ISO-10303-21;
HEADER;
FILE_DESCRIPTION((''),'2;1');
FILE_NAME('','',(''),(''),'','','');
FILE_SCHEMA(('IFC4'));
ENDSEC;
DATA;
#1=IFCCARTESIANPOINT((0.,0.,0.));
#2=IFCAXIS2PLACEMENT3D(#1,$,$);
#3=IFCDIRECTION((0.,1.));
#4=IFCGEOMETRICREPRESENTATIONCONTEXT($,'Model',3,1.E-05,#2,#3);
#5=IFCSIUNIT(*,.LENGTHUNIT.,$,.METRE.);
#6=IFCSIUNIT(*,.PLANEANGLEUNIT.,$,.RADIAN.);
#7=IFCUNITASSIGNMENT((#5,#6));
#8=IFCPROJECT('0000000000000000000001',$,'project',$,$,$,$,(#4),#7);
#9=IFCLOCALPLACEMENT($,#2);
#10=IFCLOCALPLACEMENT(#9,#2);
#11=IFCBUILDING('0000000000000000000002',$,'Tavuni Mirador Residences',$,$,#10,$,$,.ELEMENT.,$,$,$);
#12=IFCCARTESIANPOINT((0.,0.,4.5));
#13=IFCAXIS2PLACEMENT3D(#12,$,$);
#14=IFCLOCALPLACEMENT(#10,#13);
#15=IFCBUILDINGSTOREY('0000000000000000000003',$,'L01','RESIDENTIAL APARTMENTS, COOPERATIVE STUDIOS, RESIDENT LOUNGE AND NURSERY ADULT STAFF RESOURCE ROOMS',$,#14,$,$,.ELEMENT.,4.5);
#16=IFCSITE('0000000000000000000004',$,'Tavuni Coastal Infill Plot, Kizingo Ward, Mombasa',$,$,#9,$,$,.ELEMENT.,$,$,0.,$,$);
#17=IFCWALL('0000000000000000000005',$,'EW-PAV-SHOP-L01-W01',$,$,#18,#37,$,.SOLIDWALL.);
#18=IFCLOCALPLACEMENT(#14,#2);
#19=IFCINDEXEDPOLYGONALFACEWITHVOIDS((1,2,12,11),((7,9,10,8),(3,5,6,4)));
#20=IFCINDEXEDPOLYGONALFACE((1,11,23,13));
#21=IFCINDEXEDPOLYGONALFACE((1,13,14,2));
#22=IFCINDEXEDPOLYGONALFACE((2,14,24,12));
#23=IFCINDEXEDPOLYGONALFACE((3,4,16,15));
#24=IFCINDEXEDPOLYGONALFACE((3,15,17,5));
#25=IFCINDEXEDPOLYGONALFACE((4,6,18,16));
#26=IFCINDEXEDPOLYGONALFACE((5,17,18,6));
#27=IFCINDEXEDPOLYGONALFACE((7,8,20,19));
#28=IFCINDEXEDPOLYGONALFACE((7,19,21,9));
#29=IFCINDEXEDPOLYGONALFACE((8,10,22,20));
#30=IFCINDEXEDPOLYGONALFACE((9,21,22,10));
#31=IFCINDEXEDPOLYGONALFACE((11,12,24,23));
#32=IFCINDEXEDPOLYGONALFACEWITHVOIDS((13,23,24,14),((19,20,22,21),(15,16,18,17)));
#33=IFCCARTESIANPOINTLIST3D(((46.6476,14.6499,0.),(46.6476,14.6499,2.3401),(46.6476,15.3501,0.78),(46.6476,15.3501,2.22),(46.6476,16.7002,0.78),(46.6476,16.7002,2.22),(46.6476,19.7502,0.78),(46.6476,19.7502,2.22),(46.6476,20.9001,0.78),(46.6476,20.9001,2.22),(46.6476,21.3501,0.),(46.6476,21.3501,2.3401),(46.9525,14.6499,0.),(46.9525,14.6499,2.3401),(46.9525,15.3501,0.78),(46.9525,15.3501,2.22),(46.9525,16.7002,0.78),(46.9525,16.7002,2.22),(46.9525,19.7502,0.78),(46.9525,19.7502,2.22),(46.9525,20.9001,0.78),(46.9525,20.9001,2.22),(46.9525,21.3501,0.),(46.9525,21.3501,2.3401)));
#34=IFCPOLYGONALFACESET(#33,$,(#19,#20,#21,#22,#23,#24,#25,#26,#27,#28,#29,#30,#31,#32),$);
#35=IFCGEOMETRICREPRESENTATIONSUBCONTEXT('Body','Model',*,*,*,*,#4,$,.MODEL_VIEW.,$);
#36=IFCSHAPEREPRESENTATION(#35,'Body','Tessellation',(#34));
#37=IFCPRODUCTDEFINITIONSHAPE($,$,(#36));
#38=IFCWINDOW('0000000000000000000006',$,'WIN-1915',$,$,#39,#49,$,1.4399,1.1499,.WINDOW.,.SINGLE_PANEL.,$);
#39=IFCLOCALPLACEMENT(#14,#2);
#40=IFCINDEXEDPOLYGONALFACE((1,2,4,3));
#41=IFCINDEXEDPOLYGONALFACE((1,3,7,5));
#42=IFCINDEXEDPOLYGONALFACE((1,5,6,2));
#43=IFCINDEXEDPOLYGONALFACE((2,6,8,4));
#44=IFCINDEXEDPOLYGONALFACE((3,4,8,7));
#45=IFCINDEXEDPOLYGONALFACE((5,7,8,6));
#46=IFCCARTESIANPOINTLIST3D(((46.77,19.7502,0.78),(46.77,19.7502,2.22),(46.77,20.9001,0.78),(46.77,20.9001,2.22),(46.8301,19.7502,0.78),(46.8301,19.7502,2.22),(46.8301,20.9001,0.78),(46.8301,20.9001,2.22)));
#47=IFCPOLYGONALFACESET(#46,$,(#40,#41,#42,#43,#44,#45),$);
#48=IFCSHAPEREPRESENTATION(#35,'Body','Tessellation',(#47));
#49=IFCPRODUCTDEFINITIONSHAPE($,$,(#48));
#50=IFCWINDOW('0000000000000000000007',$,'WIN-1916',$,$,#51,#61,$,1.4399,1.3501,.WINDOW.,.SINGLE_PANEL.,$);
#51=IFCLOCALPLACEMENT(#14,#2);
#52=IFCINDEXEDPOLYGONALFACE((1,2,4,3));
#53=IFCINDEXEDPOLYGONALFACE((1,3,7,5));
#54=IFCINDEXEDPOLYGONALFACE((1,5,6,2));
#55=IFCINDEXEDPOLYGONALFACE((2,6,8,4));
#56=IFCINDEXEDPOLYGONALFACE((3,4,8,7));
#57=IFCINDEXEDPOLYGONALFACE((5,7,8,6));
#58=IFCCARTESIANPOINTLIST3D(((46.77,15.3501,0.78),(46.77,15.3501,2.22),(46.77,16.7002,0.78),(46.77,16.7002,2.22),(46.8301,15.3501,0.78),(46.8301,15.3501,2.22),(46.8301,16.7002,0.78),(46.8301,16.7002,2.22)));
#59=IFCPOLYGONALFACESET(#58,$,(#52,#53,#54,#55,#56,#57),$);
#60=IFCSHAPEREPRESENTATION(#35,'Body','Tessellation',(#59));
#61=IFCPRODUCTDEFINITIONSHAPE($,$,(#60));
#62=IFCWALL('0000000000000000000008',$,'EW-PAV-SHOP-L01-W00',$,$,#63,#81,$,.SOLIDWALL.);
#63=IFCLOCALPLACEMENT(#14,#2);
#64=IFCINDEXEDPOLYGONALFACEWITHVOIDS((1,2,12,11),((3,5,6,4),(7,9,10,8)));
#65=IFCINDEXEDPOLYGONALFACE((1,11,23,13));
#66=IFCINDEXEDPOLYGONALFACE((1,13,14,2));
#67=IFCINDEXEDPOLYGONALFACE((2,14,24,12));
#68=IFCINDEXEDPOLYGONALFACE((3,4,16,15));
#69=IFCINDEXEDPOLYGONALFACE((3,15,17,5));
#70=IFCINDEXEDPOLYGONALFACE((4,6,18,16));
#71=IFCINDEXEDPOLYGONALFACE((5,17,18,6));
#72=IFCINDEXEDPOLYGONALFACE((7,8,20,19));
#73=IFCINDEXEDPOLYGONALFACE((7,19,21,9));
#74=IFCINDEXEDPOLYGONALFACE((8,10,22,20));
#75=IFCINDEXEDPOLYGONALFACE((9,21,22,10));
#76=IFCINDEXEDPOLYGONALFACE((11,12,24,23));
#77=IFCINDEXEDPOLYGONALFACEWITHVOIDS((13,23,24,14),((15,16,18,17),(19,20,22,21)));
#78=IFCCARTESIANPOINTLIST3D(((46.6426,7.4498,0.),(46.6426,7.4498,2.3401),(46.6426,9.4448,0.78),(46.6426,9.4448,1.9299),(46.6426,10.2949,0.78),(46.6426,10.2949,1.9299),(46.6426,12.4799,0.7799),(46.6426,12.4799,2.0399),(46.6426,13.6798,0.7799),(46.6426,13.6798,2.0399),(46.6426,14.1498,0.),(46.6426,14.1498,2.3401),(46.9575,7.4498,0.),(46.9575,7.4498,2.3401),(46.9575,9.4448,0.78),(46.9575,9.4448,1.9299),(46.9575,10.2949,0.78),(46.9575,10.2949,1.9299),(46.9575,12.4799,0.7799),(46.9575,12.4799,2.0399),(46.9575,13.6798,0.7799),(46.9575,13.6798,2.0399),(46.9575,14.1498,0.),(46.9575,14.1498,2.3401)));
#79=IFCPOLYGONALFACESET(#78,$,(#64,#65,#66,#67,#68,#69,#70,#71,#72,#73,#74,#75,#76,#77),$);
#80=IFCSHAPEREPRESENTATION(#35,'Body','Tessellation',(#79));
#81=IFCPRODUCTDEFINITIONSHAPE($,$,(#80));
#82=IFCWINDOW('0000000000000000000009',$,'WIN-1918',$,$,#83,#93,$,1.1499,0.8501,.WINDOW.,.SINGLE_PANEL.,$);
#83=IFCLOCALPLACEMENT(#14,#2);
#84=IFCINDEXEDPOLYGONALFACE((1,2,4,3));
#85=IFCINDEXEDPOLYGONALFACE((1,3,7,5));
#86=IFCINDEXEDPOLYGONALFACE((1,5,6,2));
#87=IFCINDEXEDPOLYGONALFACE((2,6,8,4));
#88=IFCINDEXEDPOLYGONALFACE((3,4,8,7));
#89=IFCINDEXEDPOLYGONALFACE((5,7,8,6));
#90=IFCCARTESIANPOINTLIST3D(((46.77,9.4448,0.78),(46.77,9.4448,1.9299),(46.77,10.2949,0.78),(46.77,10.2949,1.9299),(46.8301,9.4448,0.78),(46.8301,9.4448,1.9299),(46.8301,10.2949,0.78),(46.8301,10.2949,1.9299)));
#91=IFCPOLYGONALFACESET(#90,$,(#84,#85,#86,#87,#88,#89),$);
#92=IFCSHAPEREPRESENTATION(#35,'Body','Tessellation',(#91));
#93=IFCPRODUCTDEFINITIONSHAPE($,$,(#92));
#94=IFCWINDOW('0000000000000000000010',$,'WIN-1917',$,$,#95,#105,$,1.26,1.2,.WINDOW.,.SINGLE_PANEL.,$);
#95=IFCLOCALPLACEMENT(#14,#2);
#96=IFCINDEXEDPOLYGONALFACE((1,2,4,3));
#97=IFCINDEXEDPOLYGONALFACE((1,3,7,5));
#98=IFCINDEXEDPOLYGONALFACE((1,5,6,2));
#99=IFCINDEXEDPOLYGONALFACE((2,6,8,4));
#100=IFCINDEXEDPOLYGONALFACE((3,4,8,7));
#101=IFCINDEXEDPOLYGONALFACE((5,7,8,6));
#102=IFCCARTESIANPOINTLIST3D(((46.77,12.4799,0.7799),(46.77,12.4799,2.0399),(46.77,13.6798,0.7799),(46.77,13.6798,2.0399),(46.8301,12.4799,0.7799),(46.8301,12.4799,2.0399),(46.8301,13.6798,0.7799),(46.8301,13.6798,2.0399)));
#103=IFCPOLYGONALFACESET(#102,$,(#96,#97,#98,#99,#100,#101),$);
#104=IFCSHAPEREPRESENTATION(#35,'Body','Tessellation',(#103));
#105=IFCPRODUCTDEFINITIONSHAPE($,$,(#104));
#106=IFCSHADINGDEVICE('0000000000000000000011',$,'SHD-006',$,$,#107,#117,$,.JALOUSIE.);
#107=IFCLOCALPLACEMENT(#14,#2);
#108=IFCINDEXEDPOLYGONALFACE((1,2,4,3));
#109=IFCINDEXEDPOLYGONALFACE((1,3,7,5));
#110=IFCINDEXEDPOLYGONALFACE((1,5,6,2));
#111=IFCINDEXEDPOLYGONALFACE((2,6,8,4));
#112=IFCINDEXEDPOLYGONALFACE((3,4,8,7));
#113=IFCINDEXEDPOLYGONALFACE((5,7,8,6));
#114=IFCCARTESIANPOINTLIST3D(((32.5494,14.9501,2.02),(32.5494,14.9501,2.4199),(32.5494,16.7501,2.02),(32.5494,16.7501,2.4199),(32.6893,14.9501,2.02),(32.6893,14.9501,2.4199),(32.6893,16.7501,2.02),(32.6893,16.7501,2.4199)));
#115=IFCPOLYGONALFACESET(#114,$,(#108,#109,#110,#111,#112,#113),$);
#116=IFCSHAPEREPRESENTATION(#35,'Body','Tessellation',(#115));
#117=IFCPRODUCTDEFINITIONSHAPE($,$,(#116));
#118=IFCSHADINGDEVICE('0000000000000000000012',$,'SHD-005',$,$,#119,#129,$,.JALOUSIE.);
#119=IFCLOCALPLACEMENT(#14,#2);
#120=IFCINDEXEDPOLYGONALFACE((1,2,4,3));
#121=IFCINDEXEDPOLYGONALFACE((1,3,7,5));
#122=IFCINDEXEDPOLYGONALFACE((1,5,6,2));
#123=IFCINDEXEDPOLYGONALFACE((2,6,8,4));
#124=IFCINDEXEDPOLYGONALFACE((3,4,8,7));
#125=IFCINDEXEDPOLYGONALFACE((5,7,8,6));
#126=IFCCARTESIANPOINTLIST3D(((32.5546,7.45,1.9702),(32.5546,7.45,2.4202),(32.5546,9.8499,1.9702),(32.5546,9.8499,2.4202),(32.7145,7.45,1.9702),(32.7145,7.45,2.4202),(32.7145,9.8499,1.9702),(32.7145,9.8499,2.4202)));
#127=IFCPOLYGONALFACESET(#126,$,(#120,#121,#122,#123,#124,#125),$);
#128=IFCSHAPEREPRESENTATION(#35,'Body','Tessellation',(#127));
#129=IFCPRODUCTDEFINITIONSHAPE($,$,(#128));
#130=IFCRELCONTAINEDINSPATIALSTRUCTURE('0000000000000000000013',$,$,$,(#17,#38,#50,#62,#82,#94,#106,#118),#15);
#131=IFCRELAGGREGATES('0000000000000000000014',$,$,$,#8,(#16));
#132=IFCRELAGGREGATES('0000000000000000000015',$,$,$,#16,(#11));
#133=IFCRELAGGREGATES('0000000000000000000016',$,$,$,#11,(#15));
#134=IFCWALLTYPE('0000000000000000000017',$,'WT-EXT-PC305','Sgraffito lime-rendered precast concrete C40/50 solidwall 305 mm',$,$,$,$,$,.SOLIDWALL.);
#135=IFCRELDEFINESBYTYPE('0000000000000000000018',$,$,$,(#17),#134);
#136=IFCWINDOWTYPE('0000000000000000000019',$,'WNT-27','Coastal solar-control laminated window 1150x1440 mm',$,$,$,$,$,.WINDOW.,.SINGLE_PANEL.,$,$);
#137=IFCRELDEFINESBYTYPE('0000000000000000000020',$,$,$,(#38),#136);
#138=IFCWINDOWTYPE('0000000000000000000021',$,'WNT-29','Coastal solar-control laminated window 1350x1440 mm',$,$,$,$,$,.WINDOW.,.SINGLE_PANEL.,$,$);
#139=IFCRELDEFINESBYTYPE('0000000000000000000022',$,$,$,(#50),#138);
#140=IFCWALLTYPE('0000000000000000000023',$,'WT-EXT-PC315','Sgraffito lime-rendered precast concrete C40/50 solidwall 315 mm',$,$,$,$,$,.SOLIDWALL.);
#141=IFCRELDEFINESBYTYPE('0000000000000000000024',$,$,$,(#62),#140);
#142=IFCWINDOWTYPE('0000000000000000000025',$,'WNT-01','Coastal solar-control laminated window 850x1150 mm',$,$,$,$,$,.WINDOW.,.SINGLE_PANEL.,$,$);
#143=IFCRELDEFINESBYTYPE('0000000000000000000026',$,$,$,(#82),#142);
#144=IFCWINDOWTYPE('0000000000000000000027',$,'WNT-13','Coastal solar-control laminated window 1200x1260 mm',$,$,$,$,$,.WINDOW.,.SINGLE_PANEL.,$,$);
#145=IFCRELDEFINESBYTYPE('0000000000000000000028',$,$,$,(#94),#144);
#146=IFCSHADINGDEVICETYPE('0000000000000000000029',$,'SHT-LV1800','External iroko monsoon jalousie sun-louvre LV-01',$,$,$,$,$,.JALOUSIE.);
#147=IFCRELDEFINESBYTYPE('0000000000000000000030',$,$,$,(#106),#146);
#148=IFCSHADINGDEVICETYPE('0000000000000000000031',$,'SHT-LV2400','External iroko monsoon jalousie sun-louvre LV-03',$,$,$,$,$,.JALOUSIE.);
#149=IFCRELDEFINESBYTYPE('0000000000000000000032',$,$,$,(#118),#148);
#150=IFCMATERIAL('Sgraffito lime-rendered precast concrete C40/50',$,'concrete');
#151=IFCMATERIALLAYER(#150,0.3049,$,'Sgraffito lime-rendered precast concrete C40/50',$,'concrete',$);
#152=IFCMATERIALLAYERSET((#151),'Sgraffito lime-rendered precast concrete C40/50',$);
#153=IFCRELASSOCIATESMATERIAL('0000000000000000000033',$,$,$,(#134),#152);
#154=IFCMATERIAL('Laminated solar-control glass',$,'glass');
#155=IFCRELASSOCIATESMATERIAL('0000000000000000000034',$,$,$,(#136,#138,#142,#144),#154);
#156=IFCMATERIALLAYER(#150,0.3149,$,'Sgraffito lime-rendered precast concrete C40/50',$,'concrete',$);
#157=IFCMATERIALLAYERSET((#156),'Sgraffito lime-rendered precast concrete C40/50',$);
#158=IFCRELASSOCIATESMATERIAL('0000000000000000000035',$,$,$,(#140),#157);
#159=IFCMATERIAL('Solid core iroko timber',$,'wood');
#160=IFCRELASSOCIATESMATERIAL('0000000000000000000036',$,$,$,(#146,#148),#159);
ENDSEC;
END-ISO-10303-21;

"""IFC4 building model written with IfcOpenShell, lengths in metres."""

from ifc_helpers import new_model, si_unit, direction, frame, frame_2d, origin, origin_2d, place, context, subcontext, project, spatial, rectangle, extrude, material, layer, layer_set, type_object, element, fill, save


model = new_model("IFC4")

# Units and contexts
model_context = context("Model", 3, precision=1e-05, world=origin(), true_north=direction((0.0, 1.0)))
body_context = subcontext(model_context, "Body", "Model", "MODEL_VIEW")
ifc_project = project(units=[si_unit("LENGTHUNIT", "METRE"), si_unit("PLANEANGLEUNIT", "RADIAN")], contexts=[model_context])

# Site, building, storey
site_placement = place(None, origin())
site = spatial("IfcSite", under=ifc_project, at=site_placement, Name="Tavuni Coastal Infill Plot, Kizingo Ward, Mombasa", CompositionType="ELEMENT", RefElevation=0.0)
building_placement = place(site_placement, origin())
building = spatial("IfcBuilding", under=site, at=building_placement, Name="Tavuni Mirador Residences", CompositionType="ELEMENT")
storey_placement = place(building_placement, frame((0.0, 0.0, 4.5)))
storey = spatial("IfcBuildingStorey", under=building, at=storey_placement, Name="L01", Description="RESIDENTIAL APARTMENTS, COOPERATIVE STUDIOS, RESIDENT LOUNGE AND NURSERY ADULT STAFF RESOURCE ROOMS", CompositionType="ELEMENT", Elevation=4.5)

# Walls, openings, windows
ifc_material_1 = material(Name="Sgraffito lime-rendered precast concrete C40/50", Category="concrete")
ifc_material_2 = material(Name="Laminated solar-control glass", Category="glass")
ifc_layer_1 = layer(ifc_material_1, 0.3049, Name="Sgraffito lime-rendered precast concrete C40/50", Category="concrete")
ifc_layer_set_1 = layer_set([ifc_layer_1], Name="Sgraffito lime-rendered precast concrete C40/50")
wall_type_1 = type_object("IfcWallType", Name="WT-EXT-PC305", Description="Sgraffito lime-rendered precast concrete C40/50 solidwall 305 mm", PredefinedType="SOLIDWALL", material=ifc_layer_set_1)
wall_1_placement = place(storey_placement, frame((46.8, 21.3501, 0.0), z_axis=(0.0, 0.0, 1.0), x_axis=(0.0, -1.0, 0.0)))
wall_1 = element("IfcWall", 1, at=wall_1_placement, inside=storey, type_object=wall_type_1, Name="EW-PAV-SHOP-L01-W01", PredefinedType="SOLIDWALL", context=body_context, shape_type="SweptSolid", body=[
    extrude(rectangle(XDim=6.7002, YDim=0.3049, at=frame_2d((3.3501, 0.0))), origin(), (0.0, 0.0, 1.0), 2.3401),
])
opening_1_placement = place(wall_1_placement, frame((0.45, 0.0, 0.78)))
opening_1 = element("IfcOpeningElement", 2, at=opening_1_placement, cuts=wall_1, PredefinedType="OPENING", context=body_context, shape_type="SweptSolid", body=[
    extrude(rectangle(XDim=1.1499, YDim=1.4399, at=frame_2d((0.575, 0.72))), frame((0.0, 0.1626, 0.0), z_axis=(0.0, -1.0, 0.0), x_axis=(1.0, 0.0, 0.0)), (0.0, 0.0, 1.0), 0.325),
])
opening_2_placement = place(wall_1_placement, frame((4.6499, 0.0, 0.78)))
opening_2 = element("IfcOpeningElement", 3, at=opening_2_placement, cuts=wall_1, PredefinedType="OPENING", context=body_context, shape_type="SweptSolid", body=[
    extrude(rectangle(XDim=1.3501, YDim=1.4399, at=frame_2d((0.675, 0.72))), frame((0.0, 0.1626, 0.0), z_axis=(0.0, -1.0, 0.0), x_axis=(1.0, 0.0, 0.0)), (0.0, 0.0, 1.0), 0.325),
])
window_type_1 = type_object("IfcWindowType", Name="WNT-27", Description="Coastal solar-control laminated window 1150x1440 mm", PartitioningType="SINGLE_PANEL", PredefinedType="WINDOW", material=ifc_material_2)
window_1_placement = place(opening_1_placement, origin())
window_1 = element("IfcWindow", 4, at=window_1_placement, inside=storey, type_object=window_type_1, Name="WIN-1915", OverallHeight=1.4399, OverallWidth=1.1499, PartitioningType="SINGLE_PANEL", PredefinedType="WINDOW", context=body_context, shape_type="SweptSolid", body=[
    extrude(rectangle(XDim=1.1499, YDim=1.4399, at=frame_2d((0.575, 0.72))), frame((0.0, 0.03, 0.0), z_axis=(0.0, -1.0, 0.0), x_axis=(1.0, 0.0, 0.0)), (0.0, 0.0, 1.0), 0.0601),
])
fill(opening_1, window_1)
window_type_2 = type_object("IfcWindowType", Name="WNT-29", Description="Coastal solar-control laminated window 1350x1440 mm", PartitioningType="SINGLE_PANEL", PredefinedType="WINDOW", material=ifc_material_2)
window_2_placement = place(opening_2_placement, origin())
window_2 = element("IfcWindow", 5, at=window_2_placement, inside=storey, type_object=window_type_2, Name="WIN-1916", OverallHeight=1.4399, OverallWidth=1.3501, PartitioningType="SINGLE_PANEL", PredefinedType="WINDOW", context=body_context, shape_type="SweptSolid", body=[
    extrude(rectangle(XDim=1.3501, YDim=1.4399, at=frame_2d((0.675, 0.72))), frame((0.0, 0.03, 0.0), z_axis=(0.0, -1.0, 0.0), x_axis=(1.0, 0.0, 0.0)), (0.0, 0.0, 1.0), 0.0601),
])
fill(opening_2, window_2)
ifc_layer_2 = layer(ifc_material_1, 0.3149, Name="Sgraffito lime-rendered precast concrete C40/50", Category="concrete")
ifc_layer_set_2 = layer_set([ifc_layer_2], Name="Sgraffito lime-rendered precast concrete C40/50")
wall_type_2 = type_object("IfcWallType", Name="WT-EXT-PC315", Description="Sgraffito lime-rendered precast concrete C40/50 solidwall 315 mm", PredefinedType="SOLIDWALL", material=ifc_layer_set_2)
wall_2_placement = place(storey_placement, frame((46.8, 14.1499, 0.0), z_axis=(0.0, 0.0, 1.0), x_axis=(0.0, -1.0, 0.0)))
wall_2 = element("IfcWall", 6, at=wall_2_placement, inside=storey, type_object=wall_type_2, Name="EW-PAV-SHOP-L01-W00", PredefinedType="SOLIDWALL", context=body_context, shape_type="SweptSolid", body=[
    extrude(rectangle(XDim=6.7, YDim=0.3149, at=frame_2d((3.3501, 0.0))), origin(), (0.0, 0.0, 1.0), 2.3401),
])
opening_3_placement = place(wall_2_placement, frame((0.47, 0.0, 0.78)))
opening_3 = element("IfcOpeningElement", 7, at=opening_3_placement, cuts=wall_2, PredefinedType="OPENING", context=body_context, shape_type="SweptSolid", body=[
    extrude(rectangle(XDim=1.2, YDim=1.26, at=frame_2d((0.6001, 0.6299))), frame((0.0, 0.1675, 0.0), z_axis=(0.0, -1.0, 0.0), x_axis=(1.0, 0.0, 0.0)), (0.0, 0.0, 1.0), 0.335),
])
opening_4_placement = place(wall_2_placement, frame((3.855, 0.0, 0.78)))
opening_4 = element("IfcOpeningElement", 8, at=opening_4_placement, cuts=wall_2, PredefinedType="OPENING", context=body_context, shape_type="SweptSolid", body=[
    extrude(rectangle(XDim=0.8501, YDim=1.1499, at=frame_2d((0.425, 0.575))), frame((0.0, 0.1675, 0.0), z_axis=(0.0, -1.0, 0.0), x_axis=(1.0, 0.0, 0.0)), (0.0, 0.0, 1.0), 0.335),
])
window_type_3 = type_object("IfcWindowType", Name="WNT-01", Description="Coastal solar-control laminated window 850x1150 mm", PartitioningType="SINGLE_PANEL", PredefinedType="WINDOW", material=ifc_material_2)
window_3_placement = place(opening_4_placement, origin())
window_3 = element("IfcWindow", 9, at=window_3_placement, inside=storey, type_object=window_type_3, Name="WIN-1918", OverallHeight=1.1499, OverallWidth=0.8501, PartitioningType="SINGLE_PANEL", PredefinedType="WINDOW", context=body_context, shape_type="SweptSolid", body=[
    extrude(rectangle(XDim=0.8501, YDim=1.1499, at=frame_2d((0.425, 0.575))), frame((0.0, 0.03, 0.0), z_axis=(0.0, -1.0, 0.0), x_axis=(1.0, 0.0, 0.0)), (0.0, 0.0, 1.0), 0.0601),
])
fill(opening_4, window_3)
window_type_4 = type_object("IfcWindowType", Name="WNT-13", Description="Coastal solar-control laminated window 1200x1260 mm", PartitioningType="SINGLE_PANEL", PredefinedType="WINDOW", material=ifc_material_2)
window_4_placement = place(opening_3_placement, origin())
window_4 = element("IfcWindow", 10, at=window_4_placement, inside=storey, type_object=window_type_4, Name="WIN-1917", OverallHeight=1.26, OverallWidth=1.2, PartitioningType="SINGLE_PANEL", PredefinedType="WINDOW", context=body_context, shape_type="SweptSolid", body=[
    extrude(rectangle(XDim=1.2, YDim=1.26, at=frame_2d((0.6001, 0.6299))), frame((0.0, 0.03, 0.0), z_axis=(0.0, -1.0, 0.0), x_axis=(1.0, 0.0, 0.0)), (0.0, 0.0, 1.0), 0.0601),
])
fill(opening_3, window_4)

# Shading devices
ifc_material_3 = material(Name="Solid core iroko timber", Category="wood")
shading_device_type_1 = type_object("IfcShadingDeviceType", Name="SHT-LV1800", Description="External iroko monsoon jalousie sun-louvre LV-01", PredefinedType="JALOUSIE", material=ifc_material_3)
shading_device_1_placement = place(storey_placement, frame((32.6194, 15.8501, 2.02), z_axis=(0.0, 0.0, 1.0), x_axis=(0.0, 1.0, 0.0)))
element("IfcShadingDevice", 11, at=shading_device_1_placement, inside=storey, type_object=shading_device_type_1, Name="SHD-006", PredefinedType="JALOUSIE", context=body_context, shape_type="SweptSolid", body=[
    extrude(rectangle(XDim=1.8, YDim=0.1399, at=origin_2d()), origin(), (0.0, 0.0, 1.0), 0.3999),
])
shading_device_type_2 = type_object("IfcShadingDeviceType", Name="SHT-LV2400", Description="External iroko monsoon jalousie sun-louvre LV-03", PredefinedType="JALOUSIE", material=ifc_material_3)
shading_device_2_placement = place(storey_placement, frame((32.6345, 8.6499, 1.9702), z_axis=(0.0, 0.0, 1.0), x_axis=(0.0, 1.0, 0.0)))
element("IfcShadingDevice", 12, at=shading_device_2_placement, inside=storey, type_object=shading_device_type_2, Name="SHD-005", PredefinedType="JALOUSIE", context=body_context, shape_type="SweptSolid", body=[
    extrude(rectangle(XDim=2.3999, YDim=0.1599, at=origin_2d()), origin(), (0.0, 0.0, 1.0), 0.45),
])

save(model, "model.ifc")
